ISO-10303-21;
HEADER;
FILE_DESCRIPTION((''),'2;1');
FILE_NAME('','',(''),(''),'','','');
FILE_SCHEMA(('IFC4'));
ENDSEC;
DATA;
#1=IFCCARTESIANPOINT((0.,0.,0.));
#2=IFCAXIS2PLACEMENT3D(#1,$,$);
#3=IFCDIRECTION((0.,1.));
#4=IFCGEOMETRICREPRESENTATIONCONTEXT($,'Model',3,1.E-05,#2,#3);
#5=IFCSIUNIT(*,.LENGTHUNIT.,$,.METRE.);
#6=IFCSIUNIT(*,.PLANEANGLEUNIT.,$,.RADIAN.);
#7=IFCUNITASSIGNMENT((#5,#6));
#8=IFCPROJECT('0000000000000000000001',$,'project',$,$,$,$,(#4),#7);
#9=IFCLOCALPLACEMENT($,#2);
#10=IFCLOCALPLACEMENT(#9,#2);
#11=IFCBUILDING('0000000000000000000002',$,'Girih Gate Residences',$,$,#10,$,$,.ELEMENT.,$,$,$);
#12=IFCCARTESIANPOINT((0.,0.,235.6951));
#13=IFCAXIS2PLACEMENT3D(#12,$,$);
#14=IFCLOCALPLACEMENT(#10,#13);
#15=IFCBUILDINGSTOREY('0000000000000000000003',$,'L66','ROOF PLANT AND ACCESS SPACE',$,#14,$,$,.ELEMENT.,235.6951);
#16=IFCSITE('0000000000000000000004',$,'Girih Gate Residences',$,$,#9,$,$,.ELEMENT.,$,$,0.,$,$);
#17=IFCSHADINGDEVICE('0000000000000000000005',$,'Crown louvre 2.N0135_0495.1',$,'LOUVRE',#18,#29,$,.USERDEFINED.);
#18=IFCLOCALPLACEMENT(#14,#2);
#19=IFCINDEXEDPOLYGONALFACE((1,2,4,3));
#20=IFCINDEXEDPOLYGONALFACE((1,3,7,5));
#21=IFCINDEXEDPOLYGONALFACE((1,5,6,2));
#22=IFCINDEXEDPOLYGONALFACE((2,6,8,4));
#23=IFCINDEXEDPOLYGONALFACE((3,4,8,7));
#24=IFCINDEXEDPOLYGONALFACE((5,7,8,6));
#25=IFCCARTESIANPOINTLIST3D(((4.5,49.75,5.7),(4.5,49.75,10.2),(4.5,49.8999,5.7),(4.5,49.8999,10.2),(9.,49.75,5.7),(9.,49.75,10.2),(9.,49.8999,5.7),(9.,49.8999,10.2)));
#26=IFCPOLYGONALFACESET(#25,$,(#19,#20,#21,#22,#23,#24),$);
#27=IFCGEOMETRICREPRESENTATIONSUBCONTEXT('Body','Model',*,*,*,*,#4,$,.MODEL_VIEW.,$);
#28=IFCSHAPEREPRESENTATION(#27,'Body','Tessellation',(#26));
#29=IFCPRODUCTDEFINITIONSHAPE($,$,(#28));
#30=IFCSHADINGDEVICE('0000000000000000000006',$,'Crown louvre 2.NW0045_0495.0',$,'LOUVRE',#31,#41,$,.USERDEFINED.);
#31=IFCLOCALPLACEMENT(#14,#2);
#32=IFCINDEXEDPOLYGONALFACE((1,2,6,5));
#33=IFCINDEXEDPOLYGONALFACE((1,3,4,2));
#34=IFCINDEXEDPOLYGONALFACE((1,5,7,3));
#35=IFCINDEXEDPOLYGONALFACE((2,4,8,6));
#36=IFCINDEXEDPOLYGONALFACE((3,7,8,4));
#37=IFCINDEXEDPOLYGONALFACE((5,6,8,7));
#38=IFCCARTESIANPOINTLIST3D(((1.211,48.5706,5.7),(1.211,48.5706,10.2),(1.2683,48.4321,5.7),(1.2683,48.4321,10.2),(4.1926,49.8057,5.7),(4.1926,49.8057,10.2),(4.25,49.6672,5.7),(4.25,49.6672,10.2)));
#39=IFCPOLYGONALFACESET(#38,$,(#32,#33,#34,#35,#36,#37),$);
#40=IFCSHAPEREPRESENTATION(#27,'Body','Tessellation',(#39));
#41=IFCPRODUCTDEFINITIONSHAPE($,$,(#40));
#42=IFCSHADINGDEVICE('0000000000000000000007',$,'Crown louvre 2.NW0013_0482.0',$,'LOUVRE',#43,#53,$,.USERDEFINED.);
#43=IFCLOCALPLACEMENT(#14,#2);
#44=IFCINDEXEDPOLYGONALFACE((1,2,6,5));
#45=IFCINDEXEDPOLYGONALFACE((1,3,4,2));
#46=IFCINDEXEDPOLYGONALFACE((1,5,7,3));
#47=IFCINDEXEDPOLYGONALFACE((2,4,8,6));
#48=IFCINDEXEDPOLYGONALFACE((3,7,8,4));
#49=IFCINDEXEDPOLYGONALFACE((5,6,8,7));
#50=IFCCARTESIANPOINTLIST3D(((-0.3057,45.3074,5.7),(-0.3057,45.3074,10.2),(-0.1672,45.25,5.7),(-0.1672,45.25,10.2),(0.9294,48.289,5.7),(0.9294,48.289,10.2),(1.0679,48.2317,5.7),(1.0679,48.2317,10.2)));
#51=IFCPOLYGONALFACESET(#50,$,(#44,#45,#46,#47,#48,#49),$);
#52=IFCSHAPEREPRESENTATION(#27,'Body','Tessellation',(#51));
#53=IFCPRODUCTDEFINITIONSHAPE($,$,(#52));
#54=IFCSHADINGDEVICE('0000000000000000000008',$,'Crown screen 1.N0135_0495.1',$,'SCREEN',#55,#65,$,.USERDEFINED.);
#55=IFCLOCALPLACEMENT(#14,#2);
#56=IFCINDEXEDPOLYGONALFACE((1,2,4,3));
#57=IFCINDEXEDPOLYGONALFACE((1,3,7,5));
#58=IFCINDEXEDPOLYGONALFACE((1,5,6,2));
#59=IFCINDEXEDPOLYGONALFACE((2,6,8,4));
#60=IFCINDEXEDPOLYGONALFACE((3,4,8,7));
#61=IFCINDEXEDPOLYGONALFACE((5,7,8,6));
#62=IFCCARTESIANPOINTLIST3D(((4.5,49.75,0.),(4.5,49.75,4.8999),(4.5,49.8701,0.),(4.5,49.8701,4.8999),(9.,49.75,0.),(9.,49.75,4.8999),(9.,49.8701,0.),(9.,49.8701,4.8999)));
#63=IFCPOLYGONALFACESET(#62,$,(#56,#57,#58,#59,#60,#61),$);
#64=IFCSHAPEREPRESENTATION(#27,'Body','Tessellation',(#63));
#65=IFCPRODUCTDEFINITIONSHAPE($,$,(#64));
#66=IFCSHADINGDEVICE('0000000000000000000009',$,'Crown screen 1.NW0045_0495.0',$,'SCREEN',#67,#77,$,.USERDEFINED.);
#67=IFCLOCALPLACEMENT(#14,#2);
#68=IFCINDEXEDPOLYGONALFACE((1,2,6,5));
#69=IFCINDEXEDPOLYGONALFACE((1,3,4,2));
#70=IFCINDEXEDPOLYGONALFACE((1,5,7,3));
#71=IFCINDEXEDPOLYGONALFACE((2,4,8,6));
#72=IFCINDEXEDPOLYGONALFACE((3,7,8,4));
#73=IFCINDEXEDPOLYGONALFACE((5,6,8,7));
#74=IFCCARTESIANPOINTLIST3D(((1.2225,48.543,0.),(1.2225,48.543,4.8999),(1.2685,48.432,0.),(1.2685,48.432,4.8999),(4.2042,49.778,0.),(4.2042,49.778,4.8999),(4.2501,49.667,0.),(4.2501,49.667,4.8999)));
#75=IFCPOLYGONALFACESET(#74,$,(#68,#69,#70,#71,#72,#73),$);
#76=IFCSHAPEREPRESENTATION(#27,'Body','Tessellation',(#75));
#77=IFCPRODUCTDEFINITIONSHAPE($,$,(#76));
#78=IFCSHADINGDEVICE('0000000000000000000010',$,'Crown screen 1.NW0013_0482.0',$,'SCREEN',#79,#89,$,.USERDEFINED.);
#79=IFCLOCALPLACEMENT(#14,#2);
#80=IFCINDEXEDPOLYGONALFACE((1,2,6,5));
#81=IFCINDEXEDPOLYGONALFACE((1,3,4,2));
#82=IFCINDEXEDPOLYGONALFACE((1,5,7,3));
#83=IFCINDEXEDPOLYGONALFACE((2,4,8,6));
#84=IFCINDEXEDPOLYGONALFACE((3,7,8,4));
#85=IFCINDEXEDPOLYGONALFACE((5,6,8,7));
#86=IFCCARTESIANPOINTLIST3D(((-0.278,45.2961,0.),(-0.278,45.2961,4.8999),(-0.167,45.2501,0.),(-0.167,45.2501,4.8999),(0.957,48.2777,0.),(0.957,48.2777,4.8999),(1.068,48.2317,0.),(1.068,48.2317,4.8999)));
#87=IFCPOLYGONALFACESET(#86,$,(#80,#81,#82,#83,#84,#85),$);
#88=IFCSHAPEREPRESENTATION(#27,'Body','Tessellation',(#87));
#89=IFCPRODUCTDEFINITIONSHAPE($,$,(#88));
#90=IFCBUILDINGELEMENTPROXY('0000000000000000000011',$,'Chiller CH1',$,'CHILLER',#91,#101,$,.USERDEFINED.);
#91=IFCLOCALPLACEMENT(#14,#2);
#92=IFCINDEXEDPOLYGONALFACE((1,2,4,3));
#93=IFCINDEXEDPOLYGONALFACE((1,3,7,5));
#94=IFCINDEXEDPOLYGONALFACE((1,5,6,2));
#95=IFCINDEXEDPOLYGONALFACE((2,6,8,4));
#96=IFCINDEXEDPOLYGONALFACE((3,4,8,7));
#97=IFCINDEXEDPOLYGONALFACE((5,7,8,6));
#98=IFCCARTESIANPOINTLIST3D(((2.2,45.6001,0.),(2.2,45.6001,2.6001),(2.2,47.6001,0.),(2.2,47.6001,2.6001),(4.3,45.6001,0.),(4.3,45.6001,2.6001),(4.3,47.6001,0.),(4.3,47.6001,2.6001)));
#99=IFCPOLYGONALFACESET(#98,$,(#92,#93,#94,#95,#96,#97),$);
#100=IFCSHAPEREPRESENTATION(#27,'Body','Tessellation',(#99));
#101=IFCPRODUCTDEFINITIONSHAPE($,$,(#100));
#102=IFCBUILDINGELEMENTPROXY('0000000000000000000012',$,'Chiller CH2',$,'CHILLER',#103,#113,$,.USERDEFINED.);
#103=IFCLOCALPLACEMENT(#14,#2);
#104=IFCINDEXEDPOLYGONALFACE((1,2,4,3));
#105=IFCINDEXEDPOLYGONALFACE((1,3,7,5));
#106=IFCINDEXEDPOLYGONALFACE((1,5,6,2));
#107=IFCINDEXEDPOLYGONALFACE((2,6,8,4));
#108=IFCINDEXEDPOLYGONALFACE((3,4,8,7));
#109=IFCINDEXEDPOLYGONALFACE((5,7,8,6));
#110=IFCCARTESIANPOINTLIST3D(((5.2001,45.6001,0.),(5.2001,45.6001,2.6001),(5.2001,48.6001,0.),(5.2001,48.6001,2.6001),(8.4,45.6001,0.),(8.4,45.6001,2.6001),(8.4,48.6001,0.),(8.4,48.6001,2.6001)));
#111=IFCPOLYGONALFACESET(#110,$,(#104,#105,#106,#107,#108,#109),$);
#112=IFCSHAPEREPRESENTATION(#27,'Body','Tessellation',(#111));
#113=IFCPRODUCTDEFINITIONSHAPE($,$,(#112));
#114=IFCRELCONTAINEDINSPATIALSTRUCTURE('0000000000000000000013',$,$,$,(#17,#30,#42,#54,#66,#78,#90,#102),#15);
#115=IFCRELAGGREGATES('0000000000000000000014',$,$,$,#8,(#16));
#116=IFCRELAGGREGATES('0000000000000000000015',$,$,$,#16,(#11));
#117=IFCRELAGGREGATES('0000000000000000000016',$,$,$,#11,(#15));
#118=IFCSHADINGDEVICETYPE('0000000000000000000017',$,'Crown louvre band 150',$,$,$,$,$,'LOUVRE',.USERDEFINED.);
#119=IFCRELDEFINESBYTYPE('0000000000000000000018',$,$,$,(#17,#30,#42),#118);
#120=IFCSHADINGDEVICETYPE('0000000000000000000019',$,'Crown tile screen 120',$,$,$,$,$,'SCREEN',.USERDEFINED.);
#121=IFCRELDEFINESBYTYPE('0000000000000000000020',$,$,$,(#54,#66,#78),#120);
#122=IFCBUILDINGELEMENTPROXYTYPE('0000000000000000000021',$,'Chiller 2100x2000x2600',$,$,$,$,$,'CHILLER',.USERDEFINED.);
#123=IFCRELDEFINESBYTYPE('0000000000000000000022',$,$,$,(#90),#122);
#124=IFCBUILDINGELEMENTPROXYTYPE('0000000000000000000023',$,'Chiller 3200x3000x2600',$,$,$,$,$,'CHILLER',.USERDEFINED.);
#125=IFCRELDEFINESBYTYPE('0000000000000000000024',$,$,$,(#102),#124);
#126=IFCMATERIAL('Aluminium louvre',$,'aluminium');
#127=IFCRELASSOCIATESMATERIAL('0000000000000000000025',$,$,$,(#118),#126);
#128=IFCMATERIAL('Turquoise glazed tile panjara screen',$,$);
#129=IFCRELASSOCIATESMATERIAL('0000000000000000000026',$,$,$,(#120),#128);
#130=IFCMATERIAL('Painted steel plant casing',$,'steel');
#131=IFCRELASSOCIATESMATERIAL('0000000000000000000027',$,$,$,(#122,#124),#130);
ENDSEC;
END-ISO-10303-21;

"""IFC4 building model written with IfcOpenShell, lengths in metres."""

from ifc_helpers import new_model, si_unit, direction, frame, origin, origin_2d, place, context, subcontext, project, spatial, rectangle, extrude, material, type_object, element, save


model = new_model("IFC4")

# Units and contexts
model_context = context("Model", 3, precision=1e-05, world=origin(), true_north=direction((0.0, 1.0)))
body_context = subcontext(model_context, "Body", "Model", "MODEL_VIEW")
ifc_project = project(units=[si_unit("LENGTHUNIT", "METRE"), si_unit("PLANEANGLEUNIT", "RADIAN")], contexts=[model_context])

# Site, building, storey
site_placement = place(None, origin())
site = spatial("IfcSite", under=ifc_project, at=site_placement, Name="Girih Gate Residences", CompositionType="ELEMENT", RefElevation=0.0)
building_placement = place(site_placement, origin())
building = spatial("IfcBuilding", under=site, at=building_placement, Name="Girih Gate Residences", CompositionType="ELEMENT")
storey_placement = place(building_placement, frame((0.0, 0.0, 235.6951)))
storey = spatial("IfcBuildingStorey", under=building, at=storey_placement, Name="L66", Description="ROOF PLANT AND ACCESS SPACE", CompositionType="ELEMENT", Elevation=235.6951)

# Shading devices
ifc_material_1 = material(Name="Aluminium louvre", Category="aluminium")
shading_device_type_1 = type_object("IfcShadingDeviceType", Name="Crown louvre band 150", ElementType="LOUVRE", PredefinedType="USERDEFINED", material=ifc_material_1)
shading_device_1_placement = place(storey_placement, frame((6.75, 49.825, 5.7), z_axis=(0.0, 0.0, 1.0), x_axis=(-1.0, 0.0, 0.0)))
element("IfcShadingDevice", 1, at=shading_device_1_placement, inside=storey, type_object=shading_device_type_1, Name="Crown louvre 2.N0135_0495.1", ObjectType="LOUVRE", PredefinedType="USERDEFINED", context=body_context, shape_type="SweptSolid", body=[
    extrude(rectangle(XDim=4.5, YDim=0.1499, at=origin_2d()), origin(), (0.0, 0.0, 1.0), 4.5),
])
for number, where, z_axis, x_axis, name in (
    (2, (2.7305, 49.1189, 5.7), (0.0, 0.0, 1.0), (-0.92388, -0.382683, 0.0), "Crown louvre 2.NW0045_0495.0"),
    (3, (0.3811, 46.7695, 5.7), (0.0, 0.0, 1.0), (-0.382683, -0.92388, 0.0), "Crown louvre 2.NW0013_0482.0"),
):
    element("IfcShadingDevice", number, at=place(storey_placement, frame(where, z_axis=z_axis, x_axis=x_axis)), inside=storey, type_object=shading_device_type_1, Name=name, ObjectType="LOUVRE", PredefinedType="USERDEFINED", context=body_context, shape_type="SweptSolid", body=[
        extrude(rectangle(XDim=3.2273, YDim=0.1499, at=origin_2d()), origin(), (0.0, 0.0, 1.0), 4.5),
    ])
ifc_material_2 = material(Name="Turquoise glazed tile panjara screen")
shading_device_type_2 = type_object("IfcShadingDeviceType", Name="Crown tile screen 120", ElementType="SCREEN", PredefinedType="USERDEFINED", material=ifc_material_2)
shading_device_2_placement = place(storey_placement, frame((6.75, 49.8101, 0.0), z_axis=(0.0, 0.0, 1.0), x_axis=(-1.0, 0.0, 0.0)))
element("IfcShadingDevice", 4, at=shading_device_2_placement, inside=storey, type_object=shading_device_type_2, Name="Crown screen 1.N0135_0495.1", ObjectType="SCREEN", PredefinedType="USERDEFINED", context=body_context, shape_type="SweptSolid", body=[
    extrude(rectangle(XDim=4.5, YDim=0.1201, at=origin_2d()), origin(), (0.0, 0.0, 1.0), 4.8999),
])
for number, where, z_axis, x_axis, name in (
    (5, (2.7363, 49.105, 0.0), (0.0, 0.0, 1.0), (-0.92388, -0.382683, 0.0), "Crown screen 1.NW0045_0495.0"),
    (6, (0.395, 46.7639, 0.0), (0.0, 0.0, 1.0), (-0.382683, -0.92388, 0.0), "Crown screen 1.NW0013_0482.0"),
):
    element("IfcShadingDevice", number, at=place(storey_placement, frame(where, z_axis=z_axis, x_axis=x_axis)), inside=storey, type_object=shading_device_type_2, Name=name, ObjectType="SCREEN", PredefinedType="USERDEFINED", context=body_context, shape_type="SweptSolid", body=[
        extrude(rectangle(XDim=3.2273, YDim=0.1201, at=origin_2d()), origin(), (0.0, 0.0, 1.0), 4.8999),
    ])

# Building element proxies
ifc_material_3 = material(Name="Painted steel plant casing", Category="steel")
building_element_proxy_type_1 = type_object("IfcBuildingElementProxyType", Name="Chiller 2100x2000x2600", ElementType="CHILLER", PredefinedType="USERDEFINED", material=ifc_material_3)
proxy_1_placement = place(storey_placement, frame((3.25, 46.6001, 0.0), z_axis=(0.0, 0.0, 1.0), x_axis=(1.0, 0.0, 0.0)))
element("IfcBuildingElementProxy", 7, at=proxy_1_placement, inside=storey, type_object=building_element_proxy_type_1, Name="Chiller CH1", ObjectType="CHILLER", PredefinedType="USERDEFINED", context=body_context, shape_type="SweptSolid", body=[
    extrude(rectangle(XDim=2.1001, YDim=2.0, at=origin_2d()), origin(), (0.0, 0.0, 1.0), 2.6001),
])
building_element_proxy_type_2 = type_object("IfcBuildingElementProxyType", Name="Chiller 3200x3000x2600", ElementType="CHILLER", PredefinedType="USERDEFINED", material=ifc_material_3)
proxy_2_placement = place(storey_placement, frame((6.8, 47.1001, 0.0), z_axis=(0.0, 0.0, 1.0), x_axis=(1.0, 0.0, 0.0)))
element("IfcBuildingElementProxy", 8, at=proxy_2_placement, inside=storey, type_object=building_element_proxy_type_2, Name="Chiller CH2", ObjectType="CHILLER", PredefinedType="USERDEFINED", context=body_context, shape_type="SweptSolid", body=[
    extrude(rectangle(XDim=3.2, YDim=3.0, at=origin_2d()), origin(), (0.0, 0.0, 1.0), 2.6001),
])

save(model, "model.ifc")
